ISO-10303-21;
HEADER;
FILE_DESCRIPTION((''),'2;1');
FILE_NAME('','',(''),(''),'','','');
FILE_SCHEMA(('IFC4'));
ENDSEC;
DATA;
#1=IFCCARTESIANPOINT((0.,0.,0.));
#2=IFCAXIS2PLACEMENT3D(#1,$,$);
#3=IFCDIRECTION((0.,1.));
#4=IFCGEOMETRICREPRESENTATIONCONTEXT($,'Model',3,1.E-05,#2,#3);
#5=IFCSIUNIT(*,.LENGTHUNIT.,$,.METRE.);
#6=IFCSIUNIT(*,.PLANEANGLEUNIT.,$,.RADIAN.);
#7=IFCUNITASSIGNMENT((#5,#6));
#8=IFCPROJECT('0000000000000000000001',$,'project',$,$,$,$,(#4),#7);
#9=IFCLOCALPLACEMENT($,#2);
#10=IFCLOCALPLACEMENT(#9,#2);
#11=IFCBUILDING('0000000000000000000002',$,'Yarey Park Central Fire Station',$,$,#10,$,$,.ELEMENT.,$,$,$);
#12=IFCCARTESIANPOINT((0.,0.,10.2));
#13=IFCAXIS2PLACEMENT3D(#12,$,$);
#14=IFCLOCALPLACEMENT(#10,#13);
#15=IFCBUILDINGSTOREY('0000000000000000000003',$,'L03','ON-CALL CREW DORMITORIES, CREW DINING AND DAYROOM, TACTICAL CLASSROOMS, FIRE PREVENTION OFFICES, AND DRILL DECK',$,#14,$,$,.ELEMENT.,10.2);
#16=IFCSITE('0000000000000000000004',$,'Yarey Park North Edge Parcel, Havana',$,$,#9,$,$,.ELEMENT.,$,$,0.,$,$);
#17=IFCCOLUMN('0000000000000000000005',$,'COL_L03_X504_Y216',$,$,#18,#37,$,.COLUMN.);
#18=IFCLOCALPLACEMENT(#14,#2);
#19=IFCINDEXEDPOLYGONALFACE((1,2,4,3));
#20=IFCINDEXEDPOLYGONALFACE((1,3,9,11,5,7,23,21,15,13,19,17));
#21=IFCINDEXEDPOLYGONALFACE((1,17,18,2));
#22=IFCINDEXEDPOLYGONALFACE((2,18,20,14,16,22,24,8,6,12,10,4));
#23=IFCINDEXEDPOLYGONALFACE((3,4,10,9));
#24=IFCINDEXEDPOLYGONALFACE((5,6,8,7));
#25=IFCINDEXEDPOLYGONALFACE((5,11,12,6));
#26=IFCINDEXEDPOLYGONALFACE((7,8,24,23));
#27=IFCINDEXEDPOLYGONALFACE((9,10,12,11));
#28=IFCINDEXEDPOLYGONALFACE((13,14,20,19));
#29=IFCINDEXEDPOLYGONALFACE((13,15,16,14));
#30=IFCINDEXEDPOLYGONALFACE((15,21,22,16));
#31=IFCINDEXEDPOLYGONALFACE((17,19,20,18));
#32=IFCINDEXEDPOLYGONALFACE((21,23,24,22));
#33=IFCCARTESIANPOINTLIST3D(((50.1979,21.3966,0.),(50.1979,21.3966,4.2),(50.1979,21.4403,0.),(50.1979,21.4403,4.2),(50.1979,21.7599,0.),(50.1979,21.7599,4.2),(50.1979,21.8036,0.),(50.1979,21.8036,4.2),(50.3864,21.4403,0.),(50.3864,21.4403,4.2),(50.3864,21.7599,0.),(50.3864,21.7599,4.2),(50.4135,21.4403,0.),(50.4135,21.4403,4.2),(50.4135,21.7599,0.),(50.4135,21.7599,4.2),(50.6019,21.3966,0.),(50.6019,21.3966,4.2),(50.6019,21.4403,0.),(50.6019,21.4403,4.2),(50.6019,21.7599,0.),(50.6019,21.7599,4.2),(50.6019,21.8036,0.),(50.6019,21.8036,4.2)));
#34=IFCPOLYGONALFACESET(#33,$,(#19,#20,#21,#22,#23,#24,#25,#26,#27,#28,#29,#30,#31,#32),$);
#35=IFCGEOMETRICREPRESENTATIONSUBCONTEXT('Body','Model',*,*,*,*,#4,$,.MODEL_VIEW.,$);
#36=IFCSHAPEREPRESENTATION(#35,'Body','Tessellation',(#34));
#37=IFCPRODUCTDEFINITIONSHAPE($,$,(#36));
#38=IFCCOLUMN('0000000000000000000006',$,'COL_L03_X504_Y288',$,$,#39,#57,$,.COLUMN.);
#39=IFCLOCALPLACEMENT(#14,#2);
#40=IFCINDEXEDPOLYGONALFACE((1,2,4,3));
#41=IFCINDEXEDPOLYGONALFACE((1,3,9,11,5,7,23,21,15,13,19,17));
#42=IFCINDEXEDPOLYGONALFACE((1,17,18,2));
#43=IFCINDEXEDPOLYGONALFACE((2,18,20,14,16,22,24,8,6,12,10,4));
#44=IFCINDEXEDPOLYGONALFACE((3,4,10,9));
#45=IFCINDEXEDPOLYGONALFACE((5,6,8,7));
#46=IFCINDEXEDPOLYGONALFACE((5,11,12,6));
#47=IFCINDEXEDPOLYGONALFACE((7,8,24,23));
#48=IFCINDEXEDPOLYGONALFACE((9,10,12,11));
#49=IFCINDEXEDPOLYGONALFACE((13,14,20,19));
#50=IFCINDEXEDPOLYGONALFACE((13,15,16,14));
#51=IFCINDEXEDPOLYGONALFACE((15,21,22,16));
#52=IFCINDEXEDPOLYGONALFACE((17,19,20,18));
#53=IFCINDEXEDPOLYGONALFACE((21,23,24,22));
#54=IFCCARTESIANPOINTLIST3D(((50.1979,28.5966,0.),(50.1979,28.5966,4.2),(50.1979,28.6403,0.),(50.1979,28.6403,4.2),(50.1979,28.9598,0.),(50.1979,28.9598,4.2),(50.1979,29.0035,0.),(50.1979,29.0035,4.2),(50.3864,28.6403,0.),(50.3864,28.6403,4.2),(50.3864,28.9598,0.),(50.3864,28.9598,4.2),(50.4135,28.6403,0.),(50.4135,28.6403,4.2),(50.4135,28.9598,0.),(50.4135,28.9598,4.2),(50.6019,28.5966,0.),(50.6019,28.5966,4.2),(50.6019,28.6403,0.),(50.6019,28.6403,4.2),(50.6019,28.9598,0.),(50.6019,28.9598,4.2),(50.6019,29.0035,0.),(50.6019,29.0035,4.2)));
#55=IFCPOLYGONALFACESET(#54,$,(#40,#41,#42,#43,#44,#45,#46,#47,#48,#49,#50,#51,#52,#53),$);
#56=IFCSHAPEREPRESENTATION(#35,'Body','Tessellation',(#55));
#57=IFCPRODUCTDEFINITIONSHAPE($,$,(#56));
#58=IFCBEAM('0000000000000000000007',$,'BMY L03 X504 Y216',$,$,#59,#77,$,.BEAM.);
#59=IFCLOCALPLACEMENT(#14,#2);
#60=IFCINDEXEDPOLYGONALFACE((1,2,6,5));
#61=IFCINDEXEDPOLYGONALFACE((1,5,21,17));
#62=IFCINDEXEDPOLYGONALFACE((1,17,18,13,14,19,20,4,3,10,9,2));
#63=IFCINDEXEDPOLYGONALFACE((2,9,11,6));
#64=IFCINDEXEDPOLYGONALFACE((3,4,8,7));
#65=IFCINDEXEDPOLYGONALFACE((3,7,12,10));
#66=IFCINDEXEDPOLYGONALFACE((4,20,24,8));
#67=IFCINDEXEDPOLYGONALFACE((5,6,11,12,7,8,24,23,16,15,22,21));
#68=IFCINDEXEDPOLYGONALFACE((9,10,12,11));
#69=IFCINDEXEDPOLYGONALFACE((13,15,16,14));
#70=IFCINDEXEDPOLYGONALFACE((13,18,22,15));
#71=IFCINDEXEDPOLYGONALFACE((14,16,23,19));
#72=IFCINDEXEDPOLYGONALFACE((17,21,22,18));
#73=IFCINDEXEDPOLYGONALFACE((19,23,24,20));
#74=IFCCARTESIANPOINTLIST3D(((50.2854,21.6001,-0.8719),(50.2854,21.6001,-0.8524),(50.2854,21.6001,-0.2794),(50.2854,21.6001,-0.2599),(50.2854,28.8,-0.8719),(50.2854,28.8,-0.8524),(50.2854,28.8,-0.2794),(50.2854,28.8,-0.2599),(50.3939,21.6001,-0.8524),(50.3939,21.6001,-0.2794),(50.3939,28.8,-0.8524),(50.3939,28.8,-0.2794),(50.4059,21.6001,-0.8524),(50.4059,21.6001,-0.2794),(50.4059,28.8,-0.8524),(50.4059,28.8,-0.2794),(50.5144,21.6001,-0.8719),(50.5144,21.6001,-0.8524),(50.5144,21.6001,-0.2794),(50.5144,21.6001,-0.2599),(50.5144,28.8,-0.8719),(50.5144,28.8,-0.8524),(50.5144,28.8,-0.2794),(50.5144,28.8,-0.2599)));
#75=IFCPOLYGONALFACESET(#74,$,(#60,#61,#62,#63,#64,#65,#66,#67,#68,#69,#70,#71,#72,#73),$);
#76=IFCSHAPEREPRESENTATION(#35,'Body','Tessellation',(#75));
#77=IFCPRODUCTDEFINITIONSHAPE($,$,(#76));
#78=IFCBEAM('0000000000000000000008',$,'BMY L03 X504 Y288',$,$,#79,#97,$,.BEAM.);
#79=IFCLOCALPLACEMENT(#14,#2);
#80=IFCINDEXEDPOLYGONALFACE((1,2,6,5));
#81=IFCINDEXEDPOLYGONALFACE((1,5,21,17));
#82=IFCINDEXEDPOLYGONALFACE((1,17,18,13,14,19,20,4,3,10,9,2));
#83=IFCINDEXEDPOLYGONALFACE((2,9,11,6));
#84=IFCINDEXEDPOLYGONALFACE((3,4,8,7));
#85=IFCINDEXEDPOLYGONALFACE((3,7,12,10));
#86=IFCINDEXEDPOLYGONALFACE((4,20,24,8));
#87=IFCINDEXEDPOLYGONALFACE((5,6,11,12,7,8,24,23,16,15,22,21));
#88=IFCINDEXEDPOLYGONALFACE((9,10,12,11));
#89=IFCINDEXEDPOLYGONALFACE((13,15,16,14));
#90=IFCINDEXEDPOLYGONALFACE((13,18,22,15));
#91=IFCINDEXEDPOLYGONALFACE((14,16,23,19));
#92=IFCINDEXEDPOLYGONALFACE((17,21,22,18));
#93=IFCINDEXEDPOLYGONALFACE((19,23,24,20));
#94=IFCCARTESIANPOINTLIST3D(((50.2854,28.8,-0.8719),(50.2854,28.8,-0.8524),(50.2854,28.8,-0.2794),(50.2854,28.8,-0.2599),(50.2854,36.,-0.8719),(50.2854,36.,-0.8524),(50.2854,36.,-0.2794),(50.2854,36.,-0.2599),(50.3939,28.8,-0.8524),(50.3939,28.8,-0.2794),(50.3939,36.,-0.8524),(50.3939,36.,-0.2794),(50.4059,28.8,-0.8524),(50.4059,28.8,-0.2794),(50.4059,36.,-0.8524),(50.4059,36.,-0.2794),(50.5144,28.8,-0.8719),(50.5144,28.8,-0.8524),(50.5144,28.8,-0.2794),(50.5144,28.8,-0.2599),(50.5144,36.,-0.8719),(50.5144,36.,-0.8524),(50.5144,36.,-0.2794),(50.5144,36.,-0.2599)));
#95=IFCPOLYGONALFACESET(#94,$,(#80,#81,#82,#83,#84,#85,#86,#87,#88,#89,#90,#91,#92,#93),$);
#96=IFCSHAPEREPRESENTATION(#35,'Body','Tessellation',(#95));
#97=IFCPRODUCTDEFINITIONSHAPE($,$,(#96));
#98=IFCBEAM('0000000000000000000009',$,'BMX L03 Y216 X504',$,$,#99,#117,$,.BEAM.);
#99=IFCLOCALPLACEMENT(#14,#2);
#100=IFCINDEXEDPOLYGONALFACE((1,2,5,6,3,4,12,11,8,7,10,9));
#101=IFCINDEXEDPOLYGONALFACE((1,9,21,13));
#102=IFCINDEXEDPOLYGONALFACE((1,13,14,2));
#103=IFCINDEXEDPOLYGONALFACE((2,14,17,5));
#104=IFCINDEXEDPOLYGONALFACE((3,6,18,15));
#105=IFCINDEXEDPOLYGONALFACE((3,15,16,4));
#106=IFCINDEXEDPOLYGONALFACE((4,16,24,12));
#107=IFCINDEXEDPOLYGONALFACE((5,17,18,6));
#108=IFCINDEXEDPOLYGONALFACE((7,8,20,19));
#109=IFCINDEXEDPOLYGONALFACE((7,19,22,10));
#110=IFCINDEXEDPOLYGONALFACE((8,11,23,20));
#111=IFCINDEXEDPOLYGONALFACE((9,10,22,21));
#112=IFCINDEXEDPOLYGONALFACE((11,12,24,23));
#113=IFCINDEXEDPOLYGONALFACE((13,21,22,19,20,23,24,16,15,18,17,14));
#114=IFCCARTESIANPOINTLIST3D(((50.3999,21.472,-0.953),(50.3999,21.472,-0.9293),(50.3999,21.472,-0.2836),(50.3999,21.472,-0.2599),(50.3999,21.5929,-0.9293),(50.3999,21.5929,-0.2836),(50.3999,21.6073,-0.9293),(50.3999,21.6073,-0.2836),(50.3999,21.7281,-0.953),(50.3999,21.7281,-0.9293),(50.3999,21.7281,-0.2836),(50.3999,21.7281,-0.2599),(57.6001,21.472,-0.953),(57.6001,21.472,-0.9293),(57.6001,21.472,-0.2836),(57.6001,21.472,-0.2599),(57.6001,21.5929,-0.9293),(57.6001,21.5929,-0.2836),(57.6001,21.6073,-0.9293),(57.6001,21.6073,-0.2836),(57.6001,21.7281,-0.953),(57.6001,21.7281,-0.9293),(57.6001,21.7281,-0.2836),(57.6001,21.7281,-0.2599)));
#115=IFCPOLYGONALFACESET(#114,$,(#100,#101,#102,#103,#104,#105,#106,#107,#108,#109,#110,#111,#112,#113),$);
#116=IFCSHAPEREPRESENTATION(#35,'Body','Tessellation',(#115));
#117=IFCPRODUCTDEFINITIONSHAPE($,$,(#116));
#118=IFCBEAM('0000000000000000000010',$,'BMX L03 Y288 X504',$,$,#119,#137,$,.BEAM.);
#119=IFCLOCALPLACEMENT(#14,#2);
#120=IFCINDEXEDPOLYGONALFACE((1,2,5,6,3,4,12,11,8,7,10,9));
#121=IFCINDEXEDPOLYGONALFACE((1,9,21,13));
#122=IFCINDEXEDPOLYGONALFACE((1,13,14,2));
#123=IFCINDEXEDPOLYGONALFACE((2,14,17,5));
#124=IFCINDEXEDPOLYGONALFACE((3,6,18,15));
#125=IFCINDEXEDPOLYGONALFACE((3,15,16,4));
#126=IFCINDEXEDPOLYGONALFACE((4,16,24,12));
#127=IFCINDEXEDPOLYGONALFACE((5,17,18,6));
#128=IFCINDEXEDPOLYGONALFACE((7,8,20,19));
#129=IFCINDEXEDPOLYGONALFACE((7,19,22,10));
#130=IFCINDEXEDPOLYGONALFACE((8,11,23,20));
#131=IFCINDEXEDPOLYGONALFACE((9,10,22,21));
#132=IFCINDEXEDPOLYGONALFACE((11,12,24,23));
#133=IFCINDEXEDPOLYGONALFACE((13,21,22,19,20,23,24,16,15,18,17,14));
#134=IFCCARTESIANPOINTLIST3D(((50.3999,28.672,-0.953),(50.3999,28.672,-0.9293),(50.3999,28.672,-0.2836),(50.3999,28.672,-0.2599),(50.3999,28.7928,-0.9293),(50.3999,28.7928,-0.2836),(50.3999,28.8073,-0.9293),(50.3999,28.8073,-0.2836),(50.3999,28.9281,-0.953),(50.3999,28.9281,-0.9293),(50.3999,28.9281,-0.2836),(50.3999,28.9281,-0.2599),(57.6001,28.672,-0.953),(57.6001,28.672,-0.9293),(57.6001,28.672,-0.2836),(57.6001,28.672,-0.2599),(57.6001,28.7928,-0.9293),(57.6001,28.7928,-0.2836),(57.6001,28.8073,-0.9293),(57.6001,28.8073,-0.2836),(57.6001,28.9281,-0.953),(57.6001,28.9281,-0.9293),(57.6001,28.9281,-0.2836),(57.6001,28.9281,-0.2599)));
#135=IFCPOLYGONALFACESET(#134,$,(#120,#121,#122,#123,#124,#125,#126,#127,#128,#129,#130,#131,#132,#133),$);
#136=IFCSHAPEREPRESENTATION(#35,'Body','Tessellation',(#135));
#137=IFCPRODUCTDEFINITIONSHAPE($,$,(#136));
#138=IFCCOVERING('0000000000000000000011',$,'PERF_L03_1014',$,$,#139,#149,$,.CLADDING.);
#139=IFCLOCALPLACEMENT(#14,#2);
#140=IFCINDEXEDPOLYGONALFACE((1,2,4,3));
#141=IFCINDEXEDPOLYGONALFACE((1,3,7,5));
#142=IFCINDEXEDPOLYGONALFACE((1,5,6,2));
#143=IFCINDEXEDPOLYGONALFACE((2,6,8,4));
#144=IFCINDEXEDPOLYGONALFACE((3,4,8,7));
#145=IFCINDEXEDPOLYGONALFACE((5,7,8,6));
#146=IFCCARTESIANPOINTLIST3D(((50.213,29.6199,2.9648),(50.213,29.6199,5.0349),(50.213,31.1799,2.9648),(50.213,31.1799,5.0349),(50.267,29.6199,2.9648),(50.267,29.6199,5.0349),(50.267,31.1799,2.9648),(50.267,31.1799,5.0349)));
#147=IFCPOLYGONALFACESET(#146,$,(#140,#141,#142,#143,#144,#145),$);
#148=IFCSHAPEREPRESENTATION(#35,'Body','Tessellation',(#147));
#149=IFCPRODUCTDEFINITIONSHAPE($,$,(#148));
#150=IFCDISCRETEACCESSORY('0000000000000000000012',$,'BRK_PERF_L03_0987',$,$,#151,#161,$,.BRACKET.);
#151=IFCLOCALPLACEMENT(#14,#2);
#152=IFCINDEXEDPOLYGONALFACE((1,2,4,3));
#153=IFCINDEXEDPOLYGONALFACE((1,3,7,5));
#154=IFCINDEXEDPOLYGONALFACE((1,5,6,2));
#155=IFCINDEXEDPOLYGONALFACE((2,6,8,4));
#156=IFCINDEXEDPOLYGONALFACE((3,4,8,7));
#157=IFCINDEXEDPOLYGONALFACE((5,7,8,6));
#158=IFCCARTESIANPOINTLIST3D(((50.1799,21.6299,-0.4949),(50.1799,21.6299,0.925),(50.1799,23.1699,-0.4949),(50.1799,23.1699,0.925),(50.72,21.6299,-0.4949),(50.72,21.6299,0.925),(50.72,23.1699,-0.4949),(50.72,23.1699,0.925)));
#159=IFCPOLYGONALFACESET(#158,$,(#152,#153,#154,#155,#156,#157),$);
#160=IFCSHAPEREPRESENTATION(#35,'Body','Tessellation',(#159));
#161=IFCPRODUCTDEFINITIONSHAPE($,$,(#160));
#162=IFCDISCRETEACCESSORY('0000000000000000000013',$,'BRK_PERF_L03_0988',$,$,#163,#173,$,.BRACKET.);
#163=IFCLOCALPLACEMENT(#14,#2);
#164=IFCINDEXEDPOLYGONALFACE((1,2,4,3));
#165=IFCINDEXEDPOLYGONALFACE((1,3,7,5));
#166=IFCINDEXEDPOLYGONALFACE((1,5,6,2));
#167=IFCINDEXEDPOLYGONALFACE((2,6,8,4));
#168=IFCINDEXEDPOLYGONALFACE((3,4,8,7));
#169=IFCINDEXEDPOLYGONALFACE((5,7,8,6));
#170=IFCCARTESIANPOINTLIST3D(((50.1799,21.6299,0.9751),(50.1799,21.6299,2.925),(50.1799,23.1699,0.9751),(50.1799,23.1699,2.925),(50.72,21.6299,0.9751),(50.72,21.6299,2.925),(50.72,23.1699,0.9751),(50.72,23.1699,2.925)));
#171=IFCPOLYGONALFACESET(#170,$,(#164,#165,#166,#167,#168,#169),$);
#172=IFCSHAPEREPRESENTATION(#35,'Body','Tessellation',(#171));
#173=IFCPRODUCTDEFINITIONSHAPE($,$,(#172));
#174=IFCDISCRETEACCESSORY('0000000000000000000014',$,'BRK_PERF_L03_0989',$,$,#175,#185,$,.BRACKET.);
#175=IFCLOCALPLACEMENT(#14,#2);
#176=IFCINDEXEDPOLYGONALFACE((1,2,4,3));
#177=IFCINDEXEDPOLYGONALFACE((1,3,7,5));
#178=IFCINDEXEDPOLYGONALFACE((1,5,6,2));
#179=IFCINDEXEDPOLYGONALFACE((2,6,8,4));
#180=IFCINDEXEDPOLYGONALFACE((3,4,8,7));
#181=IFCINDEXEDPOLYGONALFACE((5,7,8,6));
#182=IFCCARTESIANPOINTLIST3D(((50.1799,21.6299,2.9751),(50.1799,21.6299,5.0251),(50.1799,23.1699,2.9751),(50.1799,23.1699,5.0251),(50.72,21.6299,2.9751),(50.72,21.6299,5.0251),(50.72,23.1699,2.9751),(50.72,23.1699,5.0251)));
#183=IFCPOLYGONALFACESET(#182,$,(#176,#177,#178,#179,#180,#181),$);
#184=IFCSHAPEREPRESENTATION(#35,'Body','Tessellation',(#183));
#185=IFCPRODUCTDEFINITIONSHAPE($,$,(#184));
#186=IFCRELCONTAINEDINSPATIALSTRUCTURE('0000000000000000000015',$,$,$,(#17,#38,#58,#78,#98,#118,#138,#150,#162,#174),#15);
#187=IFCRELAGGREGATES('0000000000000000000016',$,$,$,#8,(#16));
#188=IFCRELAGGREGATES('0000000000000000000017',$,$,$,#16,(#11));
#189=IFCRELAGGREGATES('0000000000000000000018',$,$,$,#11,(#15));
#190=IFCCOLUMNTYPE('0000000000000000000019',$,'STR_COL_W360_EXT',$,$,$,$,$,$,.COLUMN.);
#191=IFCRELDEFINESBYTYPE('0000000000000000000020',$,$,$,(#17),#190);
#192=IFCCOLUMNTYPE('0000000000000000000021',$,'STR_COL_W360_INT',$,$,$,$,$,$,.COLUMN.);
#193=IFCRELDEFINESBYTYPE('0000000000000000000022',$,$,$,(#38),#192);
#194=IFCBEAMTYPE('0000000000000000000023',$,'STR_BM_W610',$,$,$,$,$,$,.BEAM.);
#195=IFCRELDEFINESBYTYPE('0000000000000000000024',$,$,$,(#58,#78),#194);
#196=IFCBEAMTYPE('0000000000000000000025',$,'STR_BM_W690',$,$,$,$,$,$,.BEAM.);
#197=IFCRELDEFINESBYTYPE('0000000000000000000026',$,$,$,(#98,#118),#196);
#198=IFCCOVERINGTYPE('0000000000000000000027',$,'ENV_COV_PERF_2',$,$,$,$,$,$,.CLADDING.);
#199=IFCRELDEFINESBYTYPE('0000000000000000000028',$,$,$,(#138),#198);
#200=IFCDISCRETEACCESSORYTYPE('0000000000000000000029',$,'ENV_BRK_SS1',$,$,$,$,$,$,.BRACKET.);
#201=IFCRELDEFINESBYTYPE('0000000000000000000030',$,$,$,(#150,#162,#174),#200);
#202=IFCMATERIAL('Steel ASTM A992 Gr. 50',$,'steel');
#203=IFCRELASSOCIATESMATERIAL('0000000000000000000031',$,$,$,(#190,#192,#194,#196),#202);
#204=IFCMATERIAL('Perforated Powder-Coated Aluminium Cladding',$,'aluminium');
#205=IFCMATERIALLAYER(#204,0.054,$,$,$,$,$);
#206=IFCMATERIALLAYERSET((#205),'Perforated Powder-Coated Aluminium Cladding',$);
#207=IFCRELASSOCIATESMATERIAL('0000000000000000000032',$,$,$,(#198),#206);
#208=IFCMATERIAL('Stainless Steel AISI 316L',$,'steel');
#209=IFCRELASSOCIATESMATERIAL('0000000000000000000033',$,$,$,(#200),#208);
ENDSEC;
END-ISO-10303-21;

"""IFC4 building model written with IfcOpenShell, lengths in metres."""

from ifc_helpers import new_model, si_unit, direction, frame, origin, origin_2d, place, context, subcontext, project, spatial, rectangle, i_section, extrude, material, layer, layer_set, material_profile, profile_set, type_object, element, save


model = new_model("IFC4")

# Units and contexts
model_context = context("Model", 3, precision=1e-05, world=origin(), true_north=direction((0.0, 1.0)))
body_context = subcontext(model_context, "Body", "Model", "MODEL_VIEW")
ifc_project = project(units=[si_unit("LENGTHUNIT", "METRE"), si_unit("PLANEANGLEUNIT", "RADIAN")], contexts=[model_context])

# Site, building, storey
site_placement = place(None, origin())
site = spatial("IfcSite", under=ifc_project, at=site_placement, Name="Yarey Park North Edge Parcel, Havana", CompositionType="ELEMENT", RefElevation=0.0)
building_placement = place(site_placement, origin())
building = spatial("IfcBuilding", under=site, at=building_placement, Name="Yarey Park Central Fire Station", CompositionType="ELEMENT")
storey_placement = place(building_placement, frame((0.0, 0.0, 10.2)))
storey = spatial("IfcBuildingStorey", under=building, at=storey_placement, Name="L03", Description="ON-CALL CREW DORMITORIES, CREW DINING AND DAYROOM, TACTICAL CLASSROOMS, FIRE PREVENTION OFFICES, AND DRILL DECK", CompositionType="ELEMENT", Elevation=10.2)

# Columns
ifc_material_1 = material(Name="Steel ASTM A992 Gr. 50", Category="steel")
ifc_material_profile_1 = material_profile(ifc_material_1, i_section(OverallWidth=0.4041, OverallDepth=0.407, WebThickness=0.0271, FlangeThickness=0.0437, at=origin_2d()), Name="W360x347")
ifc_profile_set_1 = profile_set([ifc_material_profile_1], Name="Steel ASTM A992 Gr. 50")
column_type_1 = type_object("IfcColumnType", Name="STR_COL_W360_EXT", PredefinedType="COLUMN", material=ifc_profile_set_1)
column_1_placement = place(storey_placement, frame((50.3999, 21.6001, 0.0), z_axis=(0.0, 0.0, 1.0), x_axis=(1.0, 0.0, 0.0)))
element("IfcColumn", 1, at=column_1_placement, inside=storey, type_object=column_type_1, Name="COL_L03_X504_Y216", PredefinedType="COLUMN", context=body_context, shape_type="SweptSolid", body=[
    extrude(i_section(OverallWidth=0.4041, OverallDepth=0.407, WebThickness=0.0271, FlangeThickness=0.0437, at=origin_2d()), origin(), (0.0, 0.0, 1.0), 4.2),
])
ifc_material_profile_2 = material_profile(ifc_material_1, i_section(OverallWidth=0.4041, OverallDepth=0.407, WebThickness=0.0271, FlangeThickness=0.0437, at=origin_2d()), Name="W360x347")
ifc_profile_set_2 = profile_set([ifc_material_profile_2], Name="Steel ASTM A992 Gr. 50")
column_type_2 = type_object("IfcColumnType", Name="STR_COL_W360_INT", PredefinedType="COLUMN", material=ifc_profile_set_2)
column_2_placement = place(storey_placement, frame((50.3999, 28.8, 0.0), z_axis=(0.0, 0.0, 1.0), x_axis=(1.0, 0.0, 0.0)))
element("IfcColumn", 2, at=column_2_placement, inside=storey, type_object=column_type_2, Name="COL_L03_X504_Y288", PredefinedType="COLUMN", context=body_context, shape_type="SweptSolid", body=[
    extrude(i_section(OverallWidth=0.4041, OverallDepth=0.407, WebThickness=0.0271, FlangeThickness=0.0437, at=origin_2d()), origin(), (0.0, 0.0, 1.0), 4.2),
])

# Beams
ifc_material_profile_3 = material_profile(ifc_material_1, i_section(OverallWidth=0.229, OverallDepth=0.6121, WebThickness=0.012, FlangeThickness=0.0195, at=origin_2d()), Name="W610x125")
ifc_profile_set_3 = profile_set([ifc_material_profile_3], Name="Steel ASTM A992 Gr. 50")
beam_type_1 = type_object("IfcBeamType", Name="STR_BM_W610", PredefinedType="BEAM", material=ifc_profile_set_3)
for number, where, z_axis, x_axis, name in (
    (3, (50.3999, 21.6001, -0.5659), (0.0, 1.0, 0.0), (-1.0, 0.0, 0.0), "BMY L03 X504 Y216"),
    (4, (50.3999, 28.8, -0.5659), (0.0, 1.0, 0.0), (-1.0, 0.0, 0.0), "BMY L03 X504 Y288"),
):
    element("IfcBeam", number, at=place(storey_placement, frame(where, z_axis=z_axis, x_axis=x_axis)), inside=storey, type_object=beam_type_1, Name=name, PredefinedType="BEAM", context=body_context, shape_type="SweptSolid", body=[
        extrude(i_section(OverallWidth=0.229, OverallDepth=0.6121, WebThickness=0.012, FlangeThickness=0.0195, at=origin_2d()), origin(), (0.0, 0.0, 1.0), 7.2),
    ])
ifc_material_profile_4 = material_profile(ifc_material_1, i_section(OverallWidth=0.2561, OverallDepth=0.6931, WebThickness=0.0144, FlangeThickness=0.0237, at=origin_2d()), Name="W690x170")
ifc_profile_set_4 = profile_set([ifc_material_profile_4], Name="Steel ASTM A992 Gr. 50")
beam_type_2 = type_object("IfcBeamType", Name="STR_BM_W690", PredefinedType="BEAM", material=ifc_profile_set_4)
for number, where, z_axis, x_axis, name in (
    (5, (50.3999, 21.6001, -0.6064), (1.0, 0.0, 0.0), (0.0, 1.0, 0.0), "BMX L03 Y216 X504"),
    (6, (50.3999, 28.8, -0.6064), (1.0, 0.0, 0.0), (0.0, 1.0, 0.0), "BMX L03 Y288 X504"),
):
    element("IfcBeam", number, at=place(storey_placement, frame(where, z_axis=z_axis, x_axis=x_axis)), inside=storey, type_object=beam_type_2, Name=name, PredefinedType="BEAM", context=body_context, shape_type="SweptSolid", body=[
        extrude(i_section(OverallWidth=0.2561, OverallDepth=0.6931, WebThickness=0.0144, FlangeThickness=0.0237, at=origin_2d()), origin(), (0.0, 0.0, 1.0), 7.2002),
    ])

# Covering
ifc_material_2 = material(Name="Perforated Powder-Coated Aluminium Cladding", Category="aluminium")
ifc_layer = layer(ifc_material_2, 0.054)
ifc_layer_set = layer_set([ifc_layer], Name="Perforated Powder-Coated Aluminium Cladding")
covering_type = type_object("IfcCoveringType", Name="ENV_COV_PERF_2", PredefinedType="CLADDING", material=ifc_layer_set)
covering_placement = place(storey_placement, frame((50.24, 30.3999, 2.9648), z_axis=(0.0, 0.0, 1.0), x_axis=(0.0, 1.0, 0.0)))
element("IfcCovering", 7, at=covering_placement, inside=storey, type_object=covering_type, Name="PERF_L03_1014", PredefinedType="CLADDING", context=body_context, shape_type="SweptSolid", body=[
    extrude(rectangle(XDim=1.5601, YDim=0.054, at=origin_2d()), origin(), (0.0, 0.0, 1.0), 2.0701),
])

# Discrete accessories
ifc_material_3 = material(Name="Stainless Steel AISI 316L", Category="steel")
discrete_accessory_type = type_object("IfcDiscreteAccessoryType", Name="ENV_BRK_SS1", PredefinedType="BRACKET", material=ifc_material_3)
discrete_accessory_1_placement = place(storey_placement, frame((50.45, 22.3999, -0.4949), z_axis=(0.0, 0.0, 1.0), x_axis=(1.0, 0.0, 0.0)))
element("IfcDiscreteAccessory", 8, at=discrete_accessory_1_placement, inside=storey, type_object=discrete_accessory_type, Name="BRK_PERF_L03_0987", PredefinedType="BRACKET", context=body_context, shape_type="SweptSolid", body=[
    extrude(rectangle(XDim=0.54, YDim=1.54, at=origin_2d()), origin(), (0.0, 0.0, 1.0), 1.4199),
])
discrete_accessory_2_placement = place(storey_placement, frame((50.45, 22.3999, 0.9751), z_axis=(0.0, 0.0, 1.0), x_axis=(1.0, 0.0, 0.0)))
element("IfcDiscreteAccessory", 9, at=discrete_accessory_2_placement, inside=storey, type_object=discrete_accessory_type, Name="BRK_PERF_L03_0988", PredefinedType="BRACKET", context=body_context, shape_type="SweptSolid", body=[
    extrude(rectangle(XDim=0.54, YDim=1.54, at=origin_2d()), origin(), (0.0, 0.0, 1.0), 1.95),
])
discrete_accessory_3_placement = place(storey_placement, frame((50.45, 22.3999, 2.9751), z_axis=(0.0, 0.0, 1.0), x_axis=(1.0, 0.0, 0.0)))
element("IfcDiscreteAccessory", 10, at=discrete_accessory_3_placement, inside=storey, type_object=discrete_accessory_type, Name="BRK_PERF_L03_0989", PredefinedType="BRACKET", context=body_context, shape_type="SweptSolid", body=[
    extrude(rectangle(XDim=0.54, YDim=1.54, at=origin_2d()), origin(), (0.0, 0.0, 1.0), 2.05),
])

save(model, "model.ifc")
